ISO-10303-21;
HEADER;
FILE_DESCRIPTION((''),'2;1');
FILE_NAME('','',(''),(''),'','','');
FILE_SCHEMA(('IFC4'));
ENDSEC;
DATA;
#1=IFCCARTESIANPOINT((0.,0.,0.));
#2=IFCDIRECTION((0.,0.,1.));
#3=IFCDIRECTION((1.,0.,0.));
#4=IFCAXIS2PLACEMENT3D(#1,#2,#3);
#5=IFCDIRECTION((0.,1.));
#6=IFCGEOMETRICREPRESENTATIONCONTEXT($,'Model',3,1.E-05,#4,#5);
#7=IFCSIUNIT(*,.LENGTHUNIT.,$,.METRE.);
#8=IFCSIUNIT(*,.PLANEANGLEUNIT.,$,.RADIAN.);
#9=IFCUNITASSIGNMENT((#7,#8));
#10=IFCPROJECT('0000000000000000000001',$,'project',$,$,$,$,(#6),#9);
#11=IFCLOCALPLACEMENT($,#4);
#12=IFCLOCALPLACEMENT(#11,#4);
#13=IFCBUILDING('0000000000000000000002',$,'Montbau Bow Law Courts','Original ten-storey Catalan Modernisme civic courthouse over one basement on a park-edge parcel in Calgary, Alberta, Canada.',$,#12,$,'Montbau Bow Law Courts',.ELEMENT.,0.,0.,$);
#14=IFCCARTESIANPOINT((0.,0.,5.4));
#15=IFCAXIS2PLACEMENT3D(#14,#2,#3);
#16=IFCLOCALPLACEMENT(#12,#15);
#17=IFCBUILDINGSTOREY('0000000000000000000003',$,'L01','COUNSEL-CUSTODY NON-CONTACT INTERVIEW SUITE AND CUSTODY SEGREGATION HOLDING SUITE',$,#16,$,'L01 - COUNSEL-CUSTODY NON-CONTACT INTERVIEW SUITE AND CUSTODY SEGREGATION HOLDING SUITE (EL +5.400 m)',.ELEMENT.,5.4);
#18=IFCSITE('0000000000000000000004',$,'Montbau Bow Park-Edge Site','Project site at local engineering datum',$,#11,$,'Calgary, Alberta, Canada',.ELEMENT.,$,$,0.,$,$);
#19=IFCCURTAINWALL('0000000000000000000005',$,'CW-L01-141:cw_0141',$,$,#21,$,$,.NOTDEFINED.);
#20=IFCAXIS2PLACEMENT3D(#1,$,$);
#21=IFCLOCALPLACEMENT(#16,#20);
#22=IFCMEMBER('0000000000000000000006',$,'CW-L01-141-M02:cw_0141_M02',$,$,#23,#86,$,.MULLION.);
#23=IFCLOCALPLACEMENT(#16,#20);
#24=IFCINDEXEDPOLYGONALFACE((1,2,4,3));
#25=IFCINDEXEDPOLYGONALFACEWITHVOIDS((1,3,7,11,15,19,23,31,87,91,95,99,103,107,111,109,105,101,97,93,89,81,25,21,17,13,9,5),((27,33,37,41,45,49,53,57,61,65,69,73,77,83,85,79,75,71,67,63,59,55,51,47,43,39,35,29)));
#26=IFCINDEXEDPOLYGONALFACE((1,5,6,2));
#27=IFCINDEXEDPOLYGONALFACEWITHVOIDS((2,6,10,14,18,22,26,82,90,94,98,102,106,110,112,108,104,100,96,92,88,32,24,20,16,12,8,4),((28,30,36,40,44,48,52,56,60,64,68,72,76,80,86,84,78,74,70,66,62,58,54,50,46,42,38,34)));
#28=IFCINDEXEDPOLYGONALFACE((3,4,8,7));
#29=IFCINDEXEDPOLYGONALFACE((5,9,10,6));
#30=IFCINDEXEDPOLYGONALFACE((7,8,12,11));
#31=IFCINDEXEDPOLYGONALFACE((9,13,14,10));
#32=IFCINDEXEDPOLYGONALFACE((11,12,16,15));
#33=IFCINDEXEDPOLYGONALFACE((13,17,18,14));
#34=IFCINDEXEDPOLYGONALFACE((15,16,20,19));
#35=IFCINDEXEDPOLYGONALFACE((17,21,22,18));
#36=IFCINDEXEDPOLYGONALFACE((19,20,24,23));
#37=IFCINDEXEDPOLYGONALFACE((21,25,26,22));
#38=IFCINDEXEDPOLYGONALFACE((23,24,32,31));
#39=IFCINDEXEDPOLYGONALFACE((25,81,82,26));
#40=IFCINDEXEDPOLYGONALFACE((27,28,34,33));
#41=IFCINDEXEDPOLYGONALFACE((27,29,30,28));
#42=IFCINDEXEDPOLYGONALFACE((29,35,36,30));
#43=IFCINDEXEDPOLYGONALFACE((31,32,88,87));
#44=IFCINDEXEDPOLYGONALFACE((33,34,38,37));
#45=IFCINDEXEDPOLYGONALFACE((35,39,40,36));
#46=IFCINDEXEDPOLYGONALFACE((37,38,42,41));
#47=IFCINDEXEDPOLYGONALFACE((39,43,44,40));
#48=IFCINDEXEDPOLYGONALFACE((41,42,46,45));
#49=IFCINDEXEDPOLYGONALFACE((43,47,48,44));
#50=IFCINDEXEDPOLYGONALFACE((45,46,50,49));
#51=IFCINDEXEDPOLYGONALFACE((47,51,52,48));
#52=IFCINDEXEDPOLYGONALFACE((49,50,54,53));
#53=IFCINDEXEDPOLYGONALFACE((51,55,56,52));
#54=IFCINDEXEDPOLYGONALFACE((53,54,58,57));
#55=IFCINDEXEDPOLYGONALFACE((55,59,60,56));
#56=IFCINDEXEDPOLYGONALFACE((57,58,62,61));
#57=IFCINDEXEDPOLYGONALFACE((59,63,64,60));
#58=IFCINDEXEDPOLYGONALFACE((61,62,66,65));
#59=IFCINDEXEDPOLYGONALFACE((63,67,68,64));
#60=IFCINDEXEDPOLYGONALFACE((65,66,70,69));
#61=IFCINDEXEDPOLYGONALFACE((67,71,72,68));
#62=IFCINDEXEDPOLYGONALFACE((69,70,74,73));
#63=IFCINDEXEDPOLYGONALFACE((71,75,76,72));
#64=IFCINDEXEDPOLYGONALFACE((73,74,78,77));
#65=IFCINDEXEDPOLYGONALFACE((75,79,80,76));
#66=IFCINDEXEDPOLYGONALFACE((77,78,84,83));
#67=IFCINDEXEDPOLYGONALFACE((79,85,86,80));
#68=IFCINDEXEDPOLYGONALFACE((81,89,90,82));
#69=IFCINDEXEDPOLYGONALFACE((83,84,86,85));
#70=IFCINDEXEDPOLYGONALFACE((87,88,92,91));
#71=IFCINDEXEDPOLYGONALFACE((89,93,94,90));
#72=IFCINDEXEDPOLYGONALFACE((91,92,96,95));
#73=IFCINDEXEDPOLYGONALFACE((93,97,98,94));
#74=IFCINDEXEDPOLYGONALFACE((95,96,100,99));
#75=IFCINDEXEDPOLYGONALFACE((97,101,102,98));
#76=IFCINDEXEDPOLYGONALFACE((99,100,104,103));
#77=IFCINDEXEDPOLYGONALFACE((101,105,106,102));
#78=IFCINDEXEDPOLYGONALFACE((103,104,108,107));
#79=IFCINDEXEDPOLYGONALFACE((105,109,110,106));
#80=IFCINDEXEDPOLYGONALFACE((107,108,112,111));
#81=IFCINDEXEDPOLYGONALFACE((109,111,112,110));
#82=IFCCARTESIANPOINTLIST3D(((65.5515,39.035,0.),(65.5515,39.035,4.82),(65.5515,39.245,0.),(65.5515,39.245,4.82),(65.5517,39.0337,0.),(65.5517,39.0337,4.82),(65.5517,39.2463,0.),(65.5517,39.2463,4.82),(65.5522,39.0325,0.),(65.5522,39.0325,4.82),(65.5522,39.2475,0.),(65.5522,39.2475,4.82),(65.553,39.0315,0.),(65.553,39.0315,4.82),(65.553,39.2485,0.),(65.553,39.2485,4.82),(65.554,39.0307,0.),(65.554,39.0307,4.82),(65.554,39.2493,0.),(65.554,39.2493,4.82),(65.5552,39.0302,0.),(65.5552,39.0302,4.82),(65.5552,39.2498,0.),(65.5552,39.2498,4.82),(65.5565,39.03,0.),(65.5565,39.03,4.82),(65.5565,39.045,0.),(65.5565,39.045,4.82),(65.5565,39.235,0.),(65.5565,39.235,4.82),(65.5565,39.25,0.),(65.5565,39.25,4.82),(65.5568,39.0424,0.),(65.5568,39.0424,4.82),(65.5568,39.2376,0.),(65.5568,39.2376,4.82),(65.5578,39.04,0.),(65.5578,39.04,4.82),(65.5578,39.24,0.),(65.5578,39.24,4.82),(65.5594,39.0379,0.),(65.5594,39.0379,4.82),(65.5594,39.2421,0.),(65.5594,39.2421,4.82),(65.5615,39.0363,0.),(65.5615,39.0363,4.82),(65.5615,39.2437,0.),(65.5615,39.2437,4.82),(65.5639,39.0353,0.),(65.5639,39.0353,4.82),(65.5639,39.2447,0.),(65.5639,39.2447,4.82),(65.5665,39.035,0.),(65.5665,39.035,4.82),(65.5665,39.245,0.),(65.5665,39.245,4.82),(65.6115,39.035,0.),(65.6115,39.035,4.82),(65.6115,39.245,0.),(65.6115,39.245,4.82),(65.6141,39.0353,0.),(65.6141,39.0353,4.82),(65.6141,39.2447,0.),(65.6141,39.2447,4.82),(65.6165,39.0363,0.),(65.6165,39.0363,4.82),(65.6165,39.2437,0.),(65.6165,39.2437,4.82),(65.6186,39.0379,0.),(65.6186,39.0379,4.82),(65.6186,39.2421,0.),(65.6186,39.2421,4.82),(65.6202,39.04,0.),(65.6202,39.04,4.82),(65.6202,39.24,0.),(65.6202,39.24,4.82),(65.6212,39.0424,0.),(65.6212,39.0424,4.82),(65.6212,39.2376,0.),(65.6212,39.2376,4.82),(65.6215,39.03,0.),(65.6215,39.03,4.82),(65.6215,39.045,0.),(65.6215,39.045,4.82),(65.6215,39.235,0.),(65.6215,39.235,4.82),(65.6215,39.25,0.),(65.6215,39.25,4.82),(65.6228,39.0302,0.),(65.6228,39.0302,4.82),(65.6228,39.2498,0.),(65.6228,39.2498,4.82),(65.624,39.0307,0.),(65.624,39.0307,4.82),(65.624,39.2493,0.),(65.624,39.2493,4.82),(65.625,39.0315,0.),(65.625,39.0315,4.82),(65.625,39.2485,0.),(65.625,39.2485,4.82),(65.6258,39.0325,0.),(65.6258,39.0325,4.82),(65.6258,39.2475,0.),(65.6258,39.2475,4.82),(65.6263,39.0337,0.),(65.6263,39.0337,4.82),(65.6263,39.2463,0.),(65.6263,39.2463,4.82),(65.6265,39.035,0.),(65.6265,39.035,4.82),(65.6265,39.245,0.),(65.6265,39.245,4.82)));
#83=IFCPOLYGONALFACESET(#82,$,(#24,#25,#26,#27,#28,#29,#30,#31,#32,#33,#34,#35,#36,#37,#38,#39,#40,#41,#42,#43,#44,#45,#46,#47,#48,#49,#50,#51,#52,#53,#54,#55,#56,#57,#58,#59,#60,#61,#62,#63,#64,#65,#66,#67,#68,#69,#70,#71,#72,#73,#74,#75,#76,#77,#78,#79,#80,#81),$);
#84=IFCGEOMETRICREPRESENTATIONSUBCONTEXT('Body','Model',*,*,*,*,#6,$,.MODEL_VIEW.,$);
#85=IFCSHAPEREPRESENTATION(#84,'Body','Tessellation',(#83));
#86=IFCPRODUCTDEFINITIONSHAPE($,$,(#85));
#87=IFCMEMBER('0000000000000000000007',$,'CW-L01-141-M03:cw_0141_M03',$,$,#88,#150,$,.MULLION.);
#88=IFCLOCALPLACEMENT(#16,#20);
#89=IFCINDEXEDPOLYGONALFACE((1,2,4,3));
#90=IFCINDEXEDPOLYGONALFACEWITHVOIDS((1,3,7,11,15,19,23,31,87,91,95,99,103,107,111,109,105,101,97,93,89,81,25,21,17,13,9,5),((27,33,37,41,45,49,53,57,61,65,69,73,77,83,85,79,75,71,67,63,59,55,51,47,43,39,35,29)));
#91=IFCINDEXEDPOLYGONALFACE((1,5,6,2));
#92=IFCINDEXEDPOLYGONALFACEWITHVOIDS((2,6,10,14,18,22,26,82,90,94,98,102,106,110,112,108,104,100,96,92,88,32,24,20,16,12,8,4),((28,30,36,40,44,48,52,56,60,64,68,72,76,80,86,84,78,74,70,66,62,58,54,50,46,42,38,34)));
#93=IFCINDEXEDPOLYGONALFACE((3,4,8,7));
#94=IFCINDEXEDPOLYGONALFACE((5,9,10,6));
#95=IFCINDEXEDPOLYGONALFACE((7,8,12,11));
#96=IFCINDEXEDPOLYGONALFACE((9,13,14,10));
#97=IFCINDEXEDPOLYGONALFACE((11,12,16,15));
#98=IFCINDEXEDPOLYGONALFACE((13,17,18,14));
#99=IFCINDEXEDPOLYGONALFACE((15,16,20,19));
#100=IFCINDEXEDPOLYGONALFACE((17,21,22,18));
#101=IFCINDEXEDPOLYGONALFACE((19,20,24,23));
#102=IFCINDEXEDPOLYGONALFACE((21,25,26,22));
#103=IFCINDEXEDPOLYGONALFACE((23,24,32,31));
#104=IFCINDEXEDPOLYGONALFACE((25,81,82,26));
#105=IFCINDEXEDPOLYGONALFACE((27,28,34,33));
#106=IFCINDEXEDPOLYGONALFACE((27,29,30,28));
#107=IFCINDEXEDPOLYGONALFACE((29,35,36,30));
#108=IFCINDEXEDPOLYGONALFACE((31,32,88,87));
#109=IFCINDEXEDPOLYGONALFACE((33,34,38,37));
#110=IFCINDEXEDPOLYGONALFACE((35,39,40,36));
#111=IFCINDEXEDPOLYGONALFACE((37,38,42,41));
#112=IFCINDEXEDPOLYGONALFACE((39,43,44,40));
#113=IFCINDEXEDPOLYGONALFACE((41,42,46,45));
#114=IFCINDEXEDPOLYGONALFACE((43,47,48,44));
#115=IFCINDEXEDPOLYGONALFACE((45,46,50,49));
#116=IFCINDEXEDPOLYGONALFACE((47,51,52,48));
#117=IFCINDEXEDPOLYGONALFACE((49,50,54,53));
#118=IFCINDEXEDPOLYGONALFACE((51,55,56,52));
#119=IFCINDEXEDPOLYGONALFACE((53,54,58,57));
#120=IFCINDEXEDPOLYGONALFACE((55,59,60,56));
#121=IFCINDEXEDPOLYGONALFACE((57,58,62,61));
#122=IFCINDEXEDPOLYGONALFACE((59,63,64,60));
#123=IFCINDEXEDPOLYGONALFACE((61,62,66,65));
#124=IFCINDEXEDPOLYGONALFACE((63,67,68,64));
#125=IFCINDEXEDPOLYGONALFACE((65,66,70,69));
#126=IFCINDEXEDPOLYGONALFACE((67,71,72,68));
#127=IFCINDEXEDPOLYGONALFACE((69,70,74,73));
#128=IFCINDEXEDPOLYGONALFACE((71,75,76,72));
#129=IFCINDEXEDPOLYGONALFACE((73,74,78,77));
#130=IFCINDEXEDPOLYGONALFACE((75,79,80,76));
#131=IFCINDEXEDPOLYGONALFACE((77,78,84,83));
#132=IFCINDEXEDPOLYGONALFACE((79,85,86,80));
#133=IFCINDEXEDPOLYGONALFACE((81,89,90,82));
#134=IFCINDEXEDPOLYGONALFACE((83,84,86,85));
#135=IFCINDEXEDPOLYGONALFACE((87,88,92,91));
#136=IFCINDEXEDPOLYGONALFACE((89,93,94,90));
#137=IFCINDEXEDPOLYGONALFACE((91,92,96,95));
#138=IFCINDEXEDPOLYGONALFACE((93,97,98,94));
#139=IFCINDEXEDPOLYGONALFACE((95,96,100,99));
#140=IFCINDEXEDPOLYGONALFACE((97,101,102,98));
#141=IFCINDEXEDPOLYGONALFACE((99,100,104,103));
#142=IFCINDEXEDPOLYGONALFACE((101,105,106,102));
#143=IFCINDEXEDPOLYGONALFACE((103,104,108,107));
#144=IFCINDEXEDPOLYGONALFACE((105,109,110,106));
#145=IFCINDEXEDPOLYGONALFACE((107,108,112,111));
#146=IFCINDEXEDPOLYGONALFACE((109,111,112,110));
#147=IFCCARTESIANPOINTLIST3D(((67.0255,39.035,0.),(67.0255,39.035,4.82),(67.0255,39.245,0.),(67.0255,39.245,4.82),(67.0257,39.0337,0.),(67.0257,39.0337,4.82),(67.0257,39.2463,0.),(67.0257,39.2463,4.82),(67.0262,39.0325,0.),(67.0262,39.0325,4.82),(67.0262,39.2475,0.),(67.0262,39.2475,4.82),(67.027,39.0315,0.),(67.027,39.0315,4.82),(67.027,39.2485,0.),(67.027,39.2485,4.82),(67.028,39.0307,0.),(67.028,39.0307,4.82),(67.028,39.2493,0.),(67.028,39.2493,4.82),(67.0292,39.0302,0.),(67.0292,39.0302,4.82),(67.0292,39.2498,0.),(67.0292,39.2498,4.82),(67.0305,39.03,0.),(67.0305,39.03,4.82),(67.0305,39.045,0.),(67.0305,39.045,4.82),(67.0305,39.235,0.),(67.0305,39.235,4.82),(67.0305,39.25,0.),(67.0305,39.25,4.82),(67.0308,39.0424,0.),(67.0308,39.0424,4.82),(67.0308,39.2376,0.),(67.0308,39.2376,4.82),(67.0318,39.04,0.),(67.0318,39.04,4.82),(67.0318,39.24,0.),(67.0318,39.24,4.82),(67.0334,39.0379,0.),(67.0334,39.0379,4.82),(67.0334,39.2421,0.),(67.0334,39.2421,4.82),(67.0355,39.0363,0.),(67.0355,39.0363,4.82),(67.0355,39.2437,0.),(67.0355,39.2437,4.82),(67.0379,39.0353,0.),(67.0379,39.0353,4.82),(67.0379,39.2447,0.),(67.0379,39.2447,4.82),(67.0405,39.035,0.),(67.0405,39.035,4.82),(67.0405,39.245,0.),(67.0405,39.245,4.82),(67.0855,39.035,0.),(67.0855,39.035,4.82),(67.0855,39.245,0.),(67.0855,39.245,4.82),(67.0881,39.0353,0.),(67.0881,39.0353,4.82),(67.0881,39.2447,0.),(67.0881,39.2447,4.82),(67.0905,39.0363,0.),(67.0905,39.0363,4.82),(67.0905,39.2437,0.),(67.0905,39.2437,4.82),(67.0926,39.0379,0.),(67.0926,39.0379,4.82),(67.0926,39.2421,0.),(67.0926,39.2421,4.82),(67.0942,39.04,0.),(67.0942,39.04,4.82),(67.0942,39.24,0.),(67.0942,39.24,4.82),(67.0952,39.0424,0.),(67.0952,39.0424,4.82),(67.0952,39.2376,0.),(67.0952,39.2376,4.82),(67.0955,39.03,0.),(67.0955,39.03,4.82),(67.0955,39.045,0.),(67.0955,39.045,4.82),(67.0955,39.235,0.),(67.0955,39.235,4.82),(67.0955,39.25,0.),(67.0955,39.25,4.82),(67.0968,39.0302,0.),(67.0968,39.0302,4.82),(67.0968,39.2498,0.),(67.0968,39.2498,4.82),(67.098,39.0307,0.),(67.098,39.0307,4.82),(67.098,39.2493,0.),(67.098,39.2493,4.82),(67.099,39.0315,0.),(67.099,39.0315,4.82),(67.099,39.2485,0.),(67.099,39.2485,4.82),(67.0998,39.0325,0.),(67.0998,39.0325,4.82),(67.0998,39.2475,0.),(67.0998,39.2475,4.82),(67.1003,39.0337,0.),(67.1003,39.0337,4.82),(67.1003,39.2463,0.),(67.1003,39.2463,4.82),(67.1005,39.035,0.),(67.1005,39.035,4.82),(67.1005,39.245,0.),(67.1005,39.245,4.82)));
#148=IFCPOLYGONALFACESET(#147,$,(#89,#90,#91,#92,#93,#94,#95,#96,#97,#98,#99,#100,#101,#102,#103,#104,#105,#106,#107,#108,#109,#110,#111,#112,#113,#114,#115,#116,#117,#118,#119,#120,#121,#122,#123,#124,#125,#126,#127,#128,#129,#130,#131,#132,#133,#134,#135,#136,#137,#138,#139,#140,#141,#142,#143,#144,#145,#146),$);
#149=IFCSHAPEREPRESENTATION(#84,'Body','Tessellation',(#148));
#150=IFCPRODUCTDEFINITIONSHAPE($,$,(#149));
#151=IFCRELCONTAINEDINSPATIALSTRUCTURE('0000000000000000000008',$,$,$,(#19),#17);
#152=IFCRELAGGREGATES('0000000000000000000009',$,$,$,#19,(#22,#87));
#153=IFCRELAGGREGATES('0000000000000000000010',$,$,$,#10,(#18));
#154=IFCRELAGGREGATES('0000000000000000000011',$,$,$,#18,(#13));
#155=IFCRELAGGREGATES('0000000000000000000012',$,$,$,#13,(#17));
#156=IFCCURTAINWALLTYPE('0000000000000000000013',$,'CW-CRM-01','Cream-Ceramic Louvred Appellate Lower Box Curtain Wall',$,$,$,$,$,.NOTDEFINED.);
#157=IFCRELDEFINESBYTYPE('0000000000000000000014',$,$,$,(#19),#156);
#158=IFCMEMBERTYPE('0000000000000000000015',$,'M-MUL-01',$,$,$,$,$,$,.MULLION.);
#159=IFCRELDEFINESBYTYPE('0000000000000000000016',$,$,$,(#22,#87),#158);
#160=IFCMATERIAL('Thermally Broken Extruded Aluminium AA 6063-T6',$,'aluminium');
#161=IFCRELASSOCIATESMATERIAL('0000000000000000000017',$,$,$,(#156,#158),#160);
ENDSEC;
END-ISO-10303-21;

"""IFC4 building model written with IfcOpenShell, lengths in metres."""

from ifc_helpers import new_model, si_unit, direction, frame, origin_with_axes, origin_2d_with_axis, place, context, subcontext, project, spatial, hollow_rectangle, extrude, material, material_profile, profile_set, type_object, element, aggregate, save


model = new_model("IFC4")

# Units and contexts
model_context = context("Model", 3, precision=1e-05, world=origin_with_axes(), true_north=direction((0.0, 1.0)))
body_context = subcontext(model_context, "Body", "Model", "MODEL_VIEW")
ifc_project = project(units=[si_unit("LENGTHUNIT", "METRE"), si_unit("PLANEANGLEUNIT", "RADIAN")], contexts=[model_context])

# Site, building, storey
site_placement = place(None, origin_with_axes())
site = spatial("IfcSite", under=ifc_project, at=site_placement, Name="Montbau Bow Park-Edge Site", Description="Project site at local engineering datum", LongName="Calgary, Alberta, Canada", CompositionType="ELEMENT", RefElevation=0.0)
building_placement = place(site_placement, origin_with_axes())
building = spatial("IfcBuilding", under=site, at=building_placement, Name="Montbau Bow Law Courts", Description="Original ten-storey Catalan Modernisme civic courthouse over one basement on a park-edge parcel in Calgary, Alberta, Canada.", LongName="Montbau Bow Law Courts", CompositionType="ELEMENT", ElevationOfRefHeight=0.0, ElevationOfTerrain=0.0)
storey_placement = place(building_placement, frame((0.0, 0.0, 5.4), z_axis=(0.0, 0.0, 1.0), x_axis=(1.0, 0.0, 0.0)))
storey = spatial("IfcBuildingStorey", under=building, at=storey_placement, Name="L01", Description="COUNSEL-CUSTODY NON-CONTACT INTERVIEW SUITE AND CUSTODY SEGREGATION HOLDING SUITE", LongName="L01 - COUNSEL-CUSTODY NON-CONTACT INTERVIEW SUITE AND CUSTODY SEGREGATION HOLDING SUITE (EL +5.400 m)", CompositionType="ELEMENT", Elevation=5.4)

# Curtain wall, members
ifc_material_1 = material(Name="Thermally Broken Extruded Aluminium AA 6063-T6", Category="aluminium")
curtain_wall_type = type_object("IfcCurtainWallType", Name="CW-CRM-01", Description="Cream-Ceramic Louvred Appellate Lower Box Curtain Wall", PredefinedType="NOTDEFINED", material=ifc_material_1)
curtain_wall_placement = place(None, frame((64.115, 39.14, 5.4), z_axis=(0.0, 0.0, 1.0), x_axis=(1.0, 0.0, 0.0)))
curtain_wall = element("IfcCurtainWall", 1, at=curtain_wall_placement, inside=storey, type_object=curtain_wall_type, Name="CW-L01-141:cw_0141", PredefinedType="NOTDEFINED")
ifc_material_profile_1 = material_profile(ifc_material_1, hollow_rectangle(XDim=0.075, YDim=0.22, WallThickness=0.005, InnerFilletRadius=0.01, OuterFilletRadius=0.005, at=origin_2d_with_axis()), Name="CWM-220X75", Category="Main", Priority=0)
ifc_profile_set_1 = profile_set([ifc_material_profile_1], Name="Thermally Broken Extruded Aluminium AA 6063-T6")
member_type_1 = type_object("IfcMemberType", Name="M-MUL-01", PredefinedType="MULLION", material=ifc_profile_set_1)
member_1_placement = place(None, frame((65.589, 39.14, 5.4), z_axis=(0.0, 0.0, 1.0), x_axis=(1.0, 0.0, 0.0)))
member_1 = element("IfcMember", 2, at=member_1_placement, type_object=member_type_1, Name="CW-L01-141-M02:cw_0141_M02", PredefinedType="MULLION", context=body_context, shape_type="SweptSolid", body=[
    extrude(hollow_rectangle(XDim=0.075, YDim=0.22, WallThickness=0.005, InnerFilletRadius=0.01, OuterFilletRadius=0.005, at=origin_2d_with_axis()), origin_with_axes(), (0.0, 0.0, 1.0), 4.82),
])
member_2_placement = place(None, frame((67.063, 39.14, 5.4), z_axis=(0.0, 0.0, 1.0), x_axis=(1.0, 0.0, 0.0)))
member_2 = element("IfcMember", 3, at=member_2_placement, type_object=member_type_1, Name="CW-L01-141-M03:cw_0141_M03", PredefinedType="MULLION", context=body_context, shape_type="SweptSolid", body=[
    extrude(hollow_rectangle(XDim=0.075, YDim=0.22, WallThickness=0.005, InnerFilletRadius=0.01, OuterFilletRadius=0.005, at=origin_2d_with_axis()), origin_with_axes(), (0.0, 0.0, 1.0), 4.82),
])
aggregate(curtain_wall, [member_1, member_2])

save(model, "model.ifc")
